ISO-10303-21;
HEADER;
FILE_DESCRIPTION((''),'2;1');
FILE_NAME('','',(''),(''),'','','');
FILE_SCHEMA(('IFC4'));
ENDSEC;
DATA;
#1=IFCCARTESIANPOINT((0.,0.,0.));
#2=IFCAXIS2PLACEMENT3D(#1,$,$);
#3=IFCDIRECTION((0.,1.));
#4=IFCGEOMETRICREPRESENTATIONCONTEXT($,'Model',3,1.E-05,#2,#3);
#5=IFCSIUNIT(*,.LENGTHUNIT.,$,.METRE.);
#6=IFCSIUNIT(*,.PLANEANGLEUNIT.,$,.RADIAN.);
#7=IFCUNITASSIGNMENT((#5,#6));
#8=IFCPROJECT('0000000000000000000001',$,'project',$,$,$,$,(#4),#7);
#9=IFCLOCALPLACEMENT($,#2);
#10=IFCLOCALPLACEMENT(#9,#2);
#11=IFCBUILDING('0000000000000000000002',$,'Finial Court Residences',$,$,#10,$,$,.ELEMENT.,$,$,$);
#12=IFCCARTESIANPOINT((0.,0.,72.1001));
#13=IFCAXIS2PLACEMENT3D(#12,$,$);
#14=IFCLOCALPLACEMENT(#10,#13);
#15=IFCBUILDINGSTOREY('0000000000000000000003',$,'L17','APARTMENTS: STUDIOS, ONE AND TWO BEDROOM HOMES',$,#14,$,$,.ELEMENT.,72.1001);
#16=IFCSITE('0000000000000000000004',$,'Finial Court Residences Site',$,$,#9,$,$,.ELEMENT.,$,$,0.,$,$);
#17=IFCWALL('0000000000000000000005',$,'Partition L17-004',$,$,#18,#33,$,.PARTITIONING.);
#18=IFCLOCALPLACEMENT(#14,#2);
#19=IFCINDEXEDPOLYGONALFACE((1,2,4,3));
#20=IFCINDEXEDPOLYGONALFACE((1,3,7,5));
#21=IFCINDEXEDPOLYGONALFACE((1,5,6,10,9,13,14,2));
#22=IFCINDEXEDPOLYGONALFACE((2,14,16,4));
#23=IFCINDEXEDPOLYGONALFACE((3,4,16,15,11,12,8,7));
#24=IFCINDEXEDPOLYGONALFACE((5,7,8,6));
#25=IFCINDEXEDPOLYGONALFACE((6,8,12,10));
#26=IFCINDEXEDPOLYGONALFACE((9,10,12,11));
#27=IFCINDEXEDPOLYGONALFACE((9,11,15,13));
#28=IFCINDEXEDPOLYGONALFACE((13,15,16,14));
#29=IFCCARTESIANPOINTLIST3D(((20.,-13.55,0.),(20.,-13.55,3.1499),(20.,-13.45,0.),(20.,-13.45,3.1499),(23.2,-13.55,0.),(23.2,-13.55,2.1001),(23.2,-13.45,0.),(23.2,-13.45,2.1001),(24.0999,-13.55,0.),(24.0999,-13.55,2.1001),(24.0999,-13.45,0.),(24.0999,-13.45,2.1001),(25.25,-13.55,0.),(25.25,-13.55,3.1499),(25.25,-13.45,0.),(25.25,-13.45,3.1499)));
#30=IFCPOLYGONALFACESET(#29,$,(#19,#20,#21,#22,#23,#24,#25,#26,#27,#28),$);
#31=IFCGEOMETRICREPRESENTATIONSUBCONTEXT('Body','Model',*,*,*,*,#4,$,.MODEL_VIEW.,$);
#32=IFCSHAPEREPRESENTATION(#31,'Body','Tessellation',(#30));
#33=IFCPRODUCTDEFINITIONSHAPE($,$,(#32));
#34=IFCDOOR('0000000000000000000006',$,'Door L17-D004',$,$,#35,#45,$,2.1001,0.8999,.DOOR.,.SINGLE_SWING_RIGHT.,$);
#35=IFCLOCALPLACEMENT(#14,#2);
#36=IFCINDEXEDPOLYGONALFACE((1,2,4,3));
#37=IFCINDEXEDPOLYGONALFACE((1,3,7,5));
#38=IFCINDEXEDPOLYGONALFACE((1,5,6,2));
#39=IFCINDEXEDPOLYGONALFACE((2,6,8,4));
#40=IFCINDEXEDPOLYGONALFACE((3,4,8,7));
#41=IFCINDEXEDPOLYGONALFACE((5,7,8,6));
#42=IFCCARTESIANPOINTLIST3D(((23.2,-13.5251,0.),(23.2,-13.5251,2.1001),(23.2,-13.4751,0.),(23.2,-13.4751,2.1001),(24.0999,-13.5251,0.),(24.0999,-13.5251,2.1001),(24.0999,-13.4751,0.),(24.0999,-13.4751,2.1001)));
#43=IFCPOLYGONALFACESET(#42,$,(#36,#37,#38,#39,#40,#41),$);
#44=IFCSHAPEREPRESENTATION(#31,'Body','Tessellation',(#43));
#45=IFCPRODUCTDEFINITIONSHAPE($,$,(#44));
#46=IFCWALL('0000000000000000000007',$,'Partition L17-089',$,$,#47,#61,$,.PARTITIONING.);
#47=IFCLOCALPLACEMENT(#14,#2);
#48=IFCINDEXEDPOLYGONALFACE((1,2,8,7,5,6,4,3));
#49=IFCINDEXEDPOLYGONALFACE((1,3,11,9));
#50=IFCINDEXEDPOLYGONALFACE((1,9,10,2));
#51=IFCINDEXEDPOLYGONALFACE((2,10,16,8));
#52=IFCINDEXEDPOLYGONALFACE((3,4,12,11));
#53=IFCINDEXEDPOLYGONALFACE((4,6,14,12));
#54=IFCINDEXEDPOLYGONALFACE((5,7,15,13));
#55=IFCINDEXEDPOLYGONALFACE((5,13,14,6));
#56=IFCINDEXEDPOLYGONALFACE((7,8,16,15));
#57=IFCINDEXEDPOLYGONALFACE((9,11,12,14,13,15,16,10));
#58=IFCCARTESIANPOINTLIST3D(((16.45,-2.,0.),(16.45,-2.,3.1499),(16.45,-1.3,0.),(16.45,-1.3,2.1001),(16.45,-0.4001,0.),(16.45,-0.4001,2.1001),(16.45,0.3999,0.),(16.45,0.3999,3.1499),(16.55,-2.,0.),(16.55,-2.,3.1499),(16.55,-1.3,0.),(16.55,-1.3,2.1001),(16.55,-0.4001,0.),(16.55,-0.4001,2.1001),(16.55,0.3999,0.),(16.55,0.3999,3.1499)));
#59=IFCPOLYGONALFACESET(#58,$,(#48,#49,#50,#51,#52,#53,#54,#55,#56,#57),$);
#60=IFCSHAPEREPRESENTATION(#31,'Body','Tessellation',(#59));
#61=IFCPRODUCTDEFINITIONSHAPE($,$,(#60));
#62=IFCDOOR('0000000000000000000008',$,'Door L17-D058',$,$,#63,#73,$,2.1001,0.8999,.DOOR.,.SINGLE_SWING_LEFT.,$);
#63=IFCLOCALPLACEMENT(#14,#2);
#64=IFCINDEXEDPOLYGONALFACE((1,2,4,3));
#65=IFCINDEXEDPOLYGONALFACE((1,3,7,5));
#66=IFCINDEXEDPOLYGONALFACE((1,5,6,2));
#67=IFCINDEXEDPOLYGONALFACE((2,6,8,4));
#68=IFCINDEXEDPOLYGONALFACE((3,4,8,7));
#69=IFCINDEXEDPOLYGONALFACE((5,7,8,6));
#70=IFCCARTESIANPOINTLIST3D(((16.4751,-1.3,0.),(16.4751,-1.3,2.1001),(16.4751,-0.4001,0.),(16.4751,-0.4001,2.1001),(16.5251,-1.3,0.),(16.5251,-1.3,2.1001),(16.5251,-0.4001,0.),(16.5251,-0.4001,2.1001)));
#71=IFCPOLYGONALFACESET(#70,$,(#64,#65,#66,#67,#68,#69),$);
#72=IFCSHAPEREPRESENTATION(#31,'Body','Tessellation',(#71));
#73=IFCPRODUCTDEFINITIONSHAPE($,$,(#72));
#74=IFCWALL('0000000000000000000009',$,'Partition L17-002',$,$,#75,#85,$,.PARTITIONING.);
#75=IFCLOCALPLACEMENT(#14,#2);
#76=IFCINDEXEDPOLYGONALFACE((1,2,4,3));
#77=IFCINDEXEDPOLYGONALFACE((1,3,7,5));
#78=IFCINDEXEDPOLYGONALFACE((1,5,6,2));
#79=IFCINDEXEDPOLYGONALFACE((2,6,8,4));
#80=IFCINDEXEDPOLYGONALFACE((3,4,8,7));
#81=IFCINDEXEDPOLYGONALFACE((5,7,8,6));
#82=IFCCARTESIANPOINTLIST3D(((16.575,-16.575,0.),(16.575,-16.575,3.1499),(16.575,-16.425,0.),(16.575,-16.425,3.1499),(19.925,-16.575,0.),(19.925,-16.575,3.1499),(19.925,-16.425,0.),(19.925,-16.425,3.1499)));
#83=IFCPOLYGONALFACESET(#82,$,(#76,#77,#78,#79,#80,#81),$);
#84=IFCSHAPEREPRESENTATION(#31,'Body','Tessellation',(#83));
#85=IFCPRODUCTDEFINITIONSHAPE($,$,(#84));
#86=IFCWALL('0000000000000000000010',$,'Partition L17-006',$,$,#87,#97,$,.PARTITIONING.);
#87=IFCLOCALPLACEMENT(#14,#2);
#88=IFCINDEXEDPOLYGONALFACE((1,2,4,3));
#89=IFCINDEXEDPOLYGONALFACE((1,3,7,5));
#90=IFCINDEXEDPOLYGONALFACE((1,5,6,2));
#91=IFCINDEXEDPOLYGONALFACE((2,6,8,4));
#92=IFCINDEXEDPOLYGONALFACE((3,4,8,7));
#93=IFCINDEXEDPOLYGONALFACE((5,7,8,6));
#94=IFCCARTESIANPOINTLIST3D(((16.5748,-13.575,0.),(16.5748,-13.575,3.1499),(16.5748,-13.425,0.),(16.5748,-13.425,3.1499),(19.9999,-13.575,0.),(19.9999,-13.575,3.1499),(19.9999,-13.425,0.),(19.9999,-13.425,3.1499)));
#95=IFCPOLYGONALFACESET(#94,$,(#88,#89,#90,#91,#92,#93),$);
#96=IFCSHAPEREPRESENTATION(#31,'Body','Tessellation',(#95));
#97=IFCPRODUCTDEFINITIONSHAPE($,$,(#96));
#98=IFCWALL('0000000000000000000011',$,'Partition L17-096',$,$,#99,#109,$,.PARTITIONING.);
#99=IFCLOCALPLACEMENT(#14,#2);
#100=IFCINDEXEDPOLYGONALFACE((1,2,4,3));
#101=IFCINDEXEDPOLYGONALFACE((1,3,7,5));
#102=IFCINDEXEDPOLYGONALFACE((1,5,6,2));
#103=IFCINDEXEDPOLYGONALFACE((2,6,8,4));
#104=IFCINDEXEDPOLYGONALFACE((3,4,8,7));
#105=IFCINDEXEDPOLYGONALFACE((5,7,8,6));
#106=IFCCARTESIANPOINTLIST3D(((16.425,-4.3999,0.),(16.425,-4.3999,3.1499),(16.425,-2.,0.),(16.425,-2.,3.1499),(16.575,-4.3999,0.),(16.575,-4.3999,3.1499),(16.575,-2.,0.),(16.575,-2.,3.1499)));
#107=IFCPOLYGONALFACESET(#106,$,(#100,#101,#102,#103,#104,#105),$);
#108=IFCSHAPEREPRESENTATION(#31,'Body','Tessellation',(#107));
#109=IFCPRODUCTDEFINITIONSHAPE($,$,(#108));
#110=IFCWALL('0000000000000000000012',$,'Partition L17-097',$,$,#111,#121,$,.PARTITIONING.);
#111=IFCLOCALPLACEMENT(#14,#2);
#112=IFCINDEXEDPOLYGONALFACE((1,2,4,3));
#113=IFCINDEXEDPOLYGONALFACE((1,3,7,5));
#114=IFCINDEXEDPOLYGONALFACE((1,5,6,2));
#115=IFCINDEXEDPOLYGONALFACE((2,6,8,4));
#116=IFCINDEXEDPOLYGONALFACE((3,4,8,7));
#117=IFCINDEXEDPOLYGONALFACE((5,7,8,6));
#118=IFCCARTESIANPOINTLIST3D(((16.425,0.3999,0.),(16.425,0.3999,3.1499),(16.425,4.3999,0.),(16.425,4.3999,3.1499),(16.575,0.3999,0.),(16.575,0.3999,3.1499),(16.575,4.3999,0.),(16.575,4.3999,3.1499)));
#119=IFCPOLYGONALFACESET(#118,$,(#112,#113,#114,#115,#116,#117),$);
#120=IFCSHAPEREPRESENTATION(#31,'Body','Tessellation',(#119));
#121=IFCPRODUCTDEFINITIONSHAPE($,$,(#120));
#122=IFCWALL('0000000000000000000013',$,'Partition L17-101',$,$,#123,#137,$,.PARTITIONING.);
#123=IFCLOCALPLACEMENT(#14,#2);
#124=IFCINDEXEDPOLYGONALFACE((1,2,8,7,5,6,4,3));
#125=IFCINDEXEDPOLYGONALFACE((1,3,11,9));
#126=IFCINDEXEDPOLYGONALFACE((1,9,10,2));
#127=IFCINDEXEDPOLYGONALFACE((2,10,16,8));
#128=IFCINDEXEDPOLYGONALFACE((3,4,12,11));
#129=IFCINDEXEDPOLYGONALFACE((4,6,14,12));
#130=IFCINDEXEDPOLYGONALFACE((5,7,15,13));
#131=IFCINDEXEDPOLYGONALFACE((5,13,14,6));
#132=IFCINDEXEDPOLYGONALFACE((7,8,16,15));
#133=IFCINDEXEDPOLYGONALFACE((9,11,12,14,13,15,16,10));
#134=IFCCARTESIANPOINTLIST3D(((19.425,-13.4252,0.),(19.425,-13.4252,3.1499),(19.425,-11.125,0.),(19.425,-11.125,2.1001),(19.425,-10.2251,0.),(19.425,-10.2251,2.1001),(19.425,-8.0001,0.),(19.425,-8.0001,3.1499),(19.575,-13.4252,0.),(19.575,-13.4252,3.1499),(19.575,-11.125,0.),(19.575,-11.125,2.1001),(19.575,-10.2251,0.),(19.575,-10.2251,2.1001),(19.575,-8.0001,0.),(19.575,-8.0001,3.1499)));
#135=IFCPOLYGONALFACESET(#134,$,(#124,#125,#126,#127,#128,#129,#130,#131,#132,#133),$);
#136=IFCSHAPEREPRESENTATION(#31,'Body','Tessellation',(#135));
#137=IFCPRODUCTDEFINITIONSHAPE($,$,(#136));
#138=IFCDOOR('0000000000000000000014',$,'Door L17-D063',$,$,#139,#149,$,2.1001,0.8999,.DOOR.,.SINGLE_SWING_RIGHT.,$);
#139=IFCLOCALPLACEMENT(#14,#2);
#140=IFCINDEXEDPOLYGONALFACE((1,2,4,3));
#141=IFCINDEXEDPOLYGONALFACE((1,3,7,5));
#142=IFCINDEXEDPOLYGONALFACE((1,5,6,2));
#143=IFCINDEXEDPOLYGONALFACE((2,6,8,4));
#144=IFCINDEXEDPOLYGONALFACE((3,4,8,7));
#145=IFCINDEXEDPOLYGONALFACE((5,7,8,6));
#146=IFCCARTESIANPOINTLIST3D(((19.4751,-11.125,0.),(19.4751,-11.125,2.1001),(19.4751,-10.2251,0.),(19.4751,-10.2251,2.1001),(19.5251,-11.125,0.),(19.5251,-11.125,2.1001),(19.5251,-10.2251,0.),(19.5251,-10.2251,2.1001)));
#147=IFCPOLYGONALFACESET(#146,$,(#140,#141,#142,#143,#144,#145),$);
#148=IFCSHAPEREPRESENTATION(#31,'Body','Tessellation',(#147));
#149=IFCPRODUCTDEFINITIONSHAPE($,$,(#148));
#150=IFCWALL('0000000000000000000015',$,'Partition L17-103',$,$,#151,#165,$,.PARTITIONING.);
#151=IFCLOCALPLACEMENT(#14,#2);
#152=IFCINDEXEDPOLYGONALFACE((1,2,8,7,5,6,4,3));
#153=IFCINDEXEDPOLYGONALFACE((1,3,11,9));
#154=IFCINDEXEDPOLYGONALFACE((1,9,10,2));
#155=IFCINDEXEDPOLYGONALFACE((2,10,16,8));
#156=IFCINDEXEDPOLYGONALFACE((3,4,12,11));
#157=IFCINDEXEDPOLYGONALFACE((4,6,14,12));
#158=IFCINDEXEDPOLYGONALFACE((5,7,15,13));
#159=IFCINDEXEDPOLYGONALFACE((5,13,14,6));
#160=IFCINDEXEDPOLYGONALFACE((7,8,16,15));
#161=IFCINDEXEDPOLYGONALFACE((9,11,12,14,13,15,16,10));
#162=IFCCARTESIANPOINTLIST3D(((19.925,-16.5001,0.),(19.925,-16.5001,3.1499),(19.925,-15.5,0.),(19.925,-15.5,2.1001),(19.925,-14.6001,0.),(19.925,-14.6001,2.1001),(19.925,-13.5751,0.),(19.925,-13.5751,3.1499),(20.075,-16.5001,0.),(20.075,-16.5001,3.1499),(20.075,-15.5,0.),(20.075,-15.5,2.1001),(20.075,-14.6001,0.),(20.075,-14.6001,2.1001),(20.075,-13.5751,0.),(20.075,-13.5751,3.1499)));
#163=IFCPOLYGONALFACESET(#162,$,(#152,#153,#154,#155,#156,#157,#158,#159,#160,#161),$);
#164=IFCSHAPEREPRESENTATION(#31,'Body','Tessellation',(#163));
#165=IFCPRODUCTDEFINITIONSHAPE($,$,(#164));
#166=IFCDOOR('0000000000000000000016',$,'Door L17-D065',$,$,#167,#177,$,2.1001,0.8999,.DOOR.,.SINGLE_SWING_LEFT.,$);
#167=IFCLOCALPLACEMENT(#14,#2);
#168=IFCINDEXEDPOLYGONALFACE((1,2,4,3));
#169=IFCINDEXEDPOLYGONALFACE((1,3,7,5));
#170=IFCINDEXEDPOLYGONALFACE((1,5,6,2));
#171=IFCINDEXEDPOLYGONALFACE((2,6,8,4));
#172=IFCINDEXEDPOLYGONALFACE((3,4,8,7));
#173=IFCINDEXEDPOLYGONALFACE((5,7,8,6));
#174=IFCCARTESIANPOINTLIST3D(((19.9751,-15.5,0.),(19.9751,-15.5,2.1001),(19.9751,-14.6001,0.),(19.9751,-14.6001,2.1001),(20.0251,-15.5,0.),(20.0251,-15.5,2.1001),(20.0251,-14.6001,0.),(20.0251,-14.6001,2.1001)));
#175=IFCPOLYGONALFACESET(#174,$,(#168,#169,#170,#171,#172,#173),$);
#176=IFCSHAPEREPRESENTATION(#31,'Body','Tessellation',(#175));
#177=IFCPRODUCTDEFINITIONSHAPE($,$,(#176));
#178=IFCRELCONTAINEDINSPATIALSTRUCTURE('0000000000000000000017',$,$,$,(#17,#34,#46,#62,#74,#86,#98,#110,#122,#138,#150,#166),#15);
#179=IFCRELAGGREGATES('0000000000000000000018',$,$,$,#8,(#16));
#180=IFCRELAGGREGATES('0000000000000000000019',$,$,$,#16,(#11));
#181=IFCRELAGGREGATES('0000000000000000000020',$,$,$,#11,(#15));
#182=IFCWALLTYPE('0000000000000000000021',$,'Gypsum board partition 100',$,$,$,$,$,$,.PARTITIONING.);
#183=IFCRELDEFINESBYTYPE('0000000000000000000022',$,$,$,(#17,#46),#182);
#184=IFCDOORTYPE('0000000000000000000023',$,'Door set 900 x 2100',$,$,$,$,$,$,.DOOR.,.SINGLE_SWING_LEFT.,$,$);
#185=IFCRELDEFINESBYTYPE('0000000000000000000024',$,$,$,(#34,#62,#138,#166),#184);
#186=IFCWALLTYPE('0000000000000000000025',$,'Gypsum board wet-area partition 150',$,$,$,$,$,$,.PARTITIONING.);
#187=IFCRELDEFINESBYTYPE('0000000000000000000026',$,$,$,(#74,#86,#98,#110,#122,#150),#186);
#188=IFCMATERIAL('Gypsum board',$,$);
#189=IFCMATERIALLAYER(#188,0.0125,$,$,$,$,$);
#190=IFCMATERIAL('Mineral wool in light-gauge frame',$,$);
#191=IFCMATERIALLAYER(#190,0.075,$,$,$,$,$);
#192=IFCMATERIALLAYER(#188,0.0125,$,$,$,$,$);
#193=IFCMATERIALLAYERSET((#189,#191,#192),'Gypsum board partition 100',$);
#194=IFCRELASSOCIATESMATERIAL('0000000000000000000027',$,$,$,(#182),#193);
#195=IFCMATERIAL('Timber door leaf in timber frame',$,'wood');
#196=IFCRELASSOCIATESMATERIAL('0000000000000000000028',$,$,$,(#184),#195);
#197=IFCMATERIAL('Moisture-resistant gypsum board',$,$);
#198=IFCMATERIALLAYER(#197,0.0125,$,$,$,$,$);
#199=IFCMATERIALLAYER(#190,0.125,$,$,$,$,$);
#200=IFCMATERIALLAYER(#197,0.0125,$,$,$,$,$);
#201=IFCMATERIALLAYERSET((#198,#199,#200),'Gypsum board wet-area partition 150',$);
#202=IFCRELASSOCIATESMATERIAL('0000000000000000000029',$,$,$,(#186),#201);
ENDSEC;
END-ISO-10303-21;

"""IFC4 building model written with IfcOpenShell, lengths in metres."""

from ifc_helpers import new_model, si_unit, direction, frame, frame_2d, origin, place, context, subcontext, project, spatial, rectangle, extrude, material, layer, layer_set, type_object, element, fill, save


model = new_model("IFC4")

# Units and contexts
model_context = context("Model", 3, precision=1e-05, world=origin(), true_north=direction((0.0, 1.0)))
body_context = subcontext(model_context, "Body", "Model", "MODEL_VIEW")
ifc_project = project(units=[si_unit("LENGTHUNIT", "METRE"), si_unit("PLANEANGLEUNIT", "RADIAN")], contexts=[model_context])

# Site, building, storey
site_placement = place(None, origin())
site = spatial("IfcSite", under=ifc_project, at=site_placement, Name="Finial Court Residences Site", CompositionType="ELEMENT", RefElevation=0.0)
building_placement = place(site_placement, origin())
building = spatial("IfcBuilding", under=site, at=building_placement, Name="Finial Court Residences", CompositionType="ELEMENT")
storey_placement = place(building_placement, frame((0.0, 0.0, 72.1001)))
storey = spatial("IfcBuildingStorey", under=building, at=storey_placement, Name="L17", Description="APARTMENTS: STUDIOS, ONE AND TWO BEDROOM HOMES", CompositionType="ELEMENT", Elevation=72.1001)

# Walls, openings, doors
ifc_material_1 = material(Name="Gypsum board")
ifc_layer_1 = layer(ifc_material_1, 0.0125)
ifc_material_2 = material(Name="Mineral wool in light-gauge frame")
ifc_layer_2 = layer(ifc_material_2, 0.075)
ifc_layer_3 = layer(ifc_material_1, 0.0125)
ifc_layer_set_1 = layer_set([ifc_layer_1, ifc_layer_2, ifc_layer_3], Name="Gypsum board partition 100")
wall_type_1 = type_object("IfcWallType", Name="Gypsum board partition 100", PredefinedType="PARTITIONING", material=ifc_layer_set_1)
wall_1_placement = place(storey_placement, frame((20.0, -13.5, 0.0), z_axis=(0.0, 0.0, 1.0), x_axis=(1.0, 0.0, 0.0)))
wall_1 = element("IfcWall", 1, at=wall_1_placement, inside=storey, type_object=wall_type_1, Name="Partition L17-004", PredefinedType="PARTITIONING", context=body_context, shape_type="SweptSolid", body=[
    extrude(rectangle(XDim=5.25, YDim=0.1001, at=frame_2d((2.625, 0.0))), origin(), (0.0, 0.0, 1.0), 3.1499),
])
opening_1_placement = place(wall_1_placement, frame((3.2, 0.0, 0.0)))
opening_1 = element("IfcOpeningElement", 2, at=opening_1_placement, cuts=wall_1, PredefinedType="OPENING", context=body_context, shape_type="SweptSolid", body=[
    extrude(rectangle(XDim=0.8999, YDim=2.1001, at=frame_2d((0.45, 1.05))), frame((0.0, 0.0601, 0.0), z_axis=(0.0, -1.0, 0.0), x_axis=(1.0, 0.0, 0.0)), (0.0, 0.0, 1.0), 0.1201),
])
ifc_material_3 = material(Name="Timber door leaf in timber frame", Category="wood")
door_type = type_object("IfcDoorType", Name="Door set 900 x 2100", OperationType="SINGLE_SWING_LEFT", PredefinedType="DOOR", material=ifc_material_3)
door_1_placement = place(opening_1_placement, origin())
door_1 = element("IfcDoor", 3, at=door_1_placement, inside=storey, type_object=door_type, Name="Door L17-D004", OperationType="SINGLE_SWING_RIGHT", OverallHeight=2.1001, OverallWidth=0.8999, PredefinedType="DOOR", context=body_context, shape_type="SweptSolid", body=[
    extrude(rectangle(XDim=0.8999, YDim=2.1001, at=frame_2d((0.45, 1.05))), frame((0.0, 0.0249, 0.0), z_axis=(0.0, -1.0, 0.0), x_axis=(1.0, 0.0, 0.0)), (0.0, 0.0, 1.0), 0.05),
])
fill(opening_1, door_1)
wall_2_placement = place(storey_placement, frame((16.5, -2.0, 0.0), z_axis=(0.0, 0.0, 1.0), x_axis=(0.0, 1.0, 0.0)))
wall_2 = element("IfcWall", 4, at=wall_2_placement, inside=storey, type_object=wall_type_1, Name="Partition L17-089", PredefinedType="PARTITIONING", context=body_context, shape_type="SweptSolid", body=[
    extrude(rectangle(XDim=2.3999, YDim=0.1001, at=frame_2d((1.2, 0.0))), origin(), (0.0, 0.0, 1.0), 3.1499),
])
opening_2_placement = place(wall_2_placement, frame((0.7, 0.0, 0.0)))
opening_2 = element("IfcOpeningElement", 5, at=opening_2_placement, cuts=wall_2, PredefinedType="OPENING", context=body_context, shape_type="SweptSolid", body=[
    extrude(rectangle(XDim=0.8999, YDim=2.1001, at=frame_2d((0.45, 1.05))), frame((0.0, 0.0601, 0.0), z_axis=(0.0, -1.0, 0.0), x_axis=(1.0, 0.0, 0.0)), (0.0, 0.0, 1.0), 0.1201),
])
door_2_placement = place(opening_2_placement, origin())
door_2 = element("IfcDoor", 6, at=door_2_placement, inside=storey, type_object=door_type, Name="Door L17-D058", OperationType="SINGLE_SWING_LEFT", OverallHeight=2.1001, OverallWidth=0.8999, PredefinedType="DOOR", context=body_context, shape_type="SweptSolid", body=[
    extrude(rectangle(XDim=0.8999, YDim=2.1001, at=frame_2d((0.45, 1.05))), frame((0.0, 0.0249, 0.0), z_axis=(0.0, -1.0, 0.0), x_axis=(1.0, 0.0, 0.0)), (0.0, 0.0, 1.0), 0.05),
])
fill(opening_2, door_2)

# Walls
ifc_material_4 = material(Name="Moisture-resistant gypsum board")
ifc_layer_4 = layer(ifc_material_4, 0.0125)
ifc_layer_5 = layer(ifc_material_2, 0.125)
ifc_layer_6 = layer(ifc_material_4, 0.0125)
ifc_layer_set_2 = layer_set([ifc_layer_4, ifc_layer_5, ifc_layer_6], Name="Gypsum board wet-area partition 150")
wall_type_2 = type_object("IfcWallType", Name="Gypsum board wet-area partition 150", PredefinedType="PARTITIONING", material=ifc_layer_set_2)
wall_3_placement = place(storey_placement, frame((16.575, -16.5, 0.0), z_axis=(0.0, 0.0, 1.0), x_axis=(1.0, 0.0, 0.0)))
element("IfcWall", 7, at=wall_3_placement, inside=storey, type_object=wall_type_2, Name="Partition L17-002", PredefinedType="PARTITIONING", context=body_context, shape_type="SweptSolid", body=[
    extrude(rectangle(XDim=3.3501, YDim=0.1499, at=frame_2d((1.675, 0.0))), origin(), (0.0, 0.0, 1.0), 3.1499),
])
wall_4_placement = place(storey_placement, frame((16.575, -13.5, 0.0), z_axis=(0.0, 0.0, 1.0), x_axis=(1.0, 0.0, 0.0)))
element("IfcWall", 8, at=wall_4_placement, inside=storey, type_object=wall_type_2, Name="Partition L17-006", PredefinedType="PARTITIONING", context=body_context, shape_type="SweptSolid", body=[
    extrude(rectangle(XDim=3.425, YDim=0.1499, at=frame_2d((1.7124, 0.0))), origin(), (0.0, 0.0, 1.0), 3.1499),
])
wall_5_placement = place(storey_placement, frame((16.5, -4.3999, 0.0), z_axis=(0.0, 0.0, 1.0), x_axis=(0.0, 1.0, 0.0)))
element("IfcWall", 9, at=wall_5_placement, inside=storey, type_object=wall_type_2, Name="Partition L17-096", PredefinedType="PARTITIONING", context=body_context, shape_type="SweptSolid", body=[
    extrude(rectangle(XDim=2.3999, YDim=0.1499, at=frame_2d((1.2, 0.0))), origin(), (0.0, 0.0, 1.0), 3.1499),
])
wall_6_placement = place(storey_placement, frame((16.5, 0.3999, 0.0), z_axis=(0.0, 0.0, 1.0), x_axis=(0.0, 1.0, 0.0)))
element("IfcWall", 10, at=wall_6_placement, inside=storey, type_object=wall_type_2, Name="Partition L17-097", PredefinedType="PARTITIONING", context=body_context, shape_type="SweptSolid", body=[
    extrude(rectangle(XDim=4.0, YDim=0.1499, at=frame_2d((2.0, 0.0))), origin(), (0.0, 0.0, 1.0), 3.1499),
])

# Walls, openings, doors
wall_7_placement = place(storey_placement, frame((19.5, -13.425, 0.0), z_axis=(0.0, 0.0, 1.0), x_axis=(0.0, 1.0, 0.0)))
wall_7 = element("IfcWall", 11, at=wall_7_placement, inside=storey, type_object=wall_type_2, Name="Partition L17-101", PredefinedType="PARTITIONING", context=body_context, shape_type="SweptSolid", body=[
    extrude(rectangle(XDim=5.425, YDim=0.1499, at=frame_2d((2.7124, 0.0))), origin(), (0.0, 0.0, 1.0), 3.1499),
])
opening_3_placement = place(wall_7_placement, frame((2.3, 0.0, 0.0)))
opening_3 = element("IfcOpeningElement", 12, at=opening_3_placement, cuts=wall_7, PredefinedType="OPENING", context=body_context, shape_type="SweptSolid", body=[
    extrude(rectangle(XDim=0.8999, YDim=2.1001, at=frame_2d((0.45, 1.05))), frame((0.0, 0.085, 0.0), z_axis=(0.0, -1.0, 0.0), x_axis=(1.0, 0.0, 0.0)), (0.0, 0.0, 1.0), 0.1699),
])
door_3_placement = place(opening_3_placement, origin())
door_3 = element("IfcDoor", 13, at=door_3_placement, inside=storey, type_object=door_type, Name="Door L17-D063", OperationType="SINGLE_SWING_RIGHT", OverallHeight=2.1001, OverallWidth=0.8999, PredefinedType="DOOR", context=body_context, shape_type="SweptSolid", body=[
    extrude(rectangle(XDim=0.8999, YDim=2.1001, at=frame_2d((0.45, 1.05))), frame((0.0, 0.0249, 0.0), z_axis=(0.0, -1.0, 0.0), x_axis=(1.0, 0.0, 0.0)), (0.0, 0.0, 1.0), 0.05),
])
fill(opening_3, door_3)
wall_8_placement = place(storey_placement, frame((20.0, -16.5, 0.0), z_axis=(0.0, 0.0, 1.0), x_axis=(0.0, 1.0, 0.0)))
wall_8 = element("IfcWall", 14, at=wall_8_placement, inside=storey, type_object=wall_type_2, Name="Partition L17-103", PredefinedType="PARTITIONING", context=body_context, shape_type="SweptSolid", body=[
    extrude(rectangle(XDim=2.925, YDim=0.1499, at=frame_2d((1.4624, 0.0))), origin(), (0.0, 0.0, 1.0), 3.1499),
])
opening_4_placement = place(wall_8_placement, frame((1.0, 0.0, 0.0)))
opening_4 = element("IfcOpeningElement", 15, at=opening_4_placement, cuts=wall_8, PredefinedType="OPENING", context=body_context, shape_type="SweptSolid", body=[
    extrude(rectangle(XDim=0.8999, YDim=2.1001, at=frame_2d((0.45, 1.05))), frame((0.0, 0.085, 0.0), z_axis=(0.0, -1.0, 0.0), x_axis=(1.0, 0.0, 0.0)), (0.0, 0.0, 1.0), 0.1699),
])
door_4_placement = place(opening_4_placement, origin())
door_4 = element("IfcDoor", 16, at=door_4_placement, inside=storey, type_object=door_type, Name="Door L17-D065", OperationType="SINGLE_SWING_LEFT", OverallHeight=2.1001, OverallWidth=0.8999, PredefinedType="DOOR", context=body_context, shape_type="SweptSolid", body=[
    extrude(rectangle(XDim=0.8999, YDim=2.1001, at=frame_2d((0.45, 1.05))), frame((0.0, 0.0249, 0.0), z_axis=(0.0, -1.0, 0.0), x_axis=(1.0, 0.0, 0.0)), (0.0, 0.0, 1.0), 0.05),
])
fill(opening_4, door_4)

save(model, "model.ifc")
